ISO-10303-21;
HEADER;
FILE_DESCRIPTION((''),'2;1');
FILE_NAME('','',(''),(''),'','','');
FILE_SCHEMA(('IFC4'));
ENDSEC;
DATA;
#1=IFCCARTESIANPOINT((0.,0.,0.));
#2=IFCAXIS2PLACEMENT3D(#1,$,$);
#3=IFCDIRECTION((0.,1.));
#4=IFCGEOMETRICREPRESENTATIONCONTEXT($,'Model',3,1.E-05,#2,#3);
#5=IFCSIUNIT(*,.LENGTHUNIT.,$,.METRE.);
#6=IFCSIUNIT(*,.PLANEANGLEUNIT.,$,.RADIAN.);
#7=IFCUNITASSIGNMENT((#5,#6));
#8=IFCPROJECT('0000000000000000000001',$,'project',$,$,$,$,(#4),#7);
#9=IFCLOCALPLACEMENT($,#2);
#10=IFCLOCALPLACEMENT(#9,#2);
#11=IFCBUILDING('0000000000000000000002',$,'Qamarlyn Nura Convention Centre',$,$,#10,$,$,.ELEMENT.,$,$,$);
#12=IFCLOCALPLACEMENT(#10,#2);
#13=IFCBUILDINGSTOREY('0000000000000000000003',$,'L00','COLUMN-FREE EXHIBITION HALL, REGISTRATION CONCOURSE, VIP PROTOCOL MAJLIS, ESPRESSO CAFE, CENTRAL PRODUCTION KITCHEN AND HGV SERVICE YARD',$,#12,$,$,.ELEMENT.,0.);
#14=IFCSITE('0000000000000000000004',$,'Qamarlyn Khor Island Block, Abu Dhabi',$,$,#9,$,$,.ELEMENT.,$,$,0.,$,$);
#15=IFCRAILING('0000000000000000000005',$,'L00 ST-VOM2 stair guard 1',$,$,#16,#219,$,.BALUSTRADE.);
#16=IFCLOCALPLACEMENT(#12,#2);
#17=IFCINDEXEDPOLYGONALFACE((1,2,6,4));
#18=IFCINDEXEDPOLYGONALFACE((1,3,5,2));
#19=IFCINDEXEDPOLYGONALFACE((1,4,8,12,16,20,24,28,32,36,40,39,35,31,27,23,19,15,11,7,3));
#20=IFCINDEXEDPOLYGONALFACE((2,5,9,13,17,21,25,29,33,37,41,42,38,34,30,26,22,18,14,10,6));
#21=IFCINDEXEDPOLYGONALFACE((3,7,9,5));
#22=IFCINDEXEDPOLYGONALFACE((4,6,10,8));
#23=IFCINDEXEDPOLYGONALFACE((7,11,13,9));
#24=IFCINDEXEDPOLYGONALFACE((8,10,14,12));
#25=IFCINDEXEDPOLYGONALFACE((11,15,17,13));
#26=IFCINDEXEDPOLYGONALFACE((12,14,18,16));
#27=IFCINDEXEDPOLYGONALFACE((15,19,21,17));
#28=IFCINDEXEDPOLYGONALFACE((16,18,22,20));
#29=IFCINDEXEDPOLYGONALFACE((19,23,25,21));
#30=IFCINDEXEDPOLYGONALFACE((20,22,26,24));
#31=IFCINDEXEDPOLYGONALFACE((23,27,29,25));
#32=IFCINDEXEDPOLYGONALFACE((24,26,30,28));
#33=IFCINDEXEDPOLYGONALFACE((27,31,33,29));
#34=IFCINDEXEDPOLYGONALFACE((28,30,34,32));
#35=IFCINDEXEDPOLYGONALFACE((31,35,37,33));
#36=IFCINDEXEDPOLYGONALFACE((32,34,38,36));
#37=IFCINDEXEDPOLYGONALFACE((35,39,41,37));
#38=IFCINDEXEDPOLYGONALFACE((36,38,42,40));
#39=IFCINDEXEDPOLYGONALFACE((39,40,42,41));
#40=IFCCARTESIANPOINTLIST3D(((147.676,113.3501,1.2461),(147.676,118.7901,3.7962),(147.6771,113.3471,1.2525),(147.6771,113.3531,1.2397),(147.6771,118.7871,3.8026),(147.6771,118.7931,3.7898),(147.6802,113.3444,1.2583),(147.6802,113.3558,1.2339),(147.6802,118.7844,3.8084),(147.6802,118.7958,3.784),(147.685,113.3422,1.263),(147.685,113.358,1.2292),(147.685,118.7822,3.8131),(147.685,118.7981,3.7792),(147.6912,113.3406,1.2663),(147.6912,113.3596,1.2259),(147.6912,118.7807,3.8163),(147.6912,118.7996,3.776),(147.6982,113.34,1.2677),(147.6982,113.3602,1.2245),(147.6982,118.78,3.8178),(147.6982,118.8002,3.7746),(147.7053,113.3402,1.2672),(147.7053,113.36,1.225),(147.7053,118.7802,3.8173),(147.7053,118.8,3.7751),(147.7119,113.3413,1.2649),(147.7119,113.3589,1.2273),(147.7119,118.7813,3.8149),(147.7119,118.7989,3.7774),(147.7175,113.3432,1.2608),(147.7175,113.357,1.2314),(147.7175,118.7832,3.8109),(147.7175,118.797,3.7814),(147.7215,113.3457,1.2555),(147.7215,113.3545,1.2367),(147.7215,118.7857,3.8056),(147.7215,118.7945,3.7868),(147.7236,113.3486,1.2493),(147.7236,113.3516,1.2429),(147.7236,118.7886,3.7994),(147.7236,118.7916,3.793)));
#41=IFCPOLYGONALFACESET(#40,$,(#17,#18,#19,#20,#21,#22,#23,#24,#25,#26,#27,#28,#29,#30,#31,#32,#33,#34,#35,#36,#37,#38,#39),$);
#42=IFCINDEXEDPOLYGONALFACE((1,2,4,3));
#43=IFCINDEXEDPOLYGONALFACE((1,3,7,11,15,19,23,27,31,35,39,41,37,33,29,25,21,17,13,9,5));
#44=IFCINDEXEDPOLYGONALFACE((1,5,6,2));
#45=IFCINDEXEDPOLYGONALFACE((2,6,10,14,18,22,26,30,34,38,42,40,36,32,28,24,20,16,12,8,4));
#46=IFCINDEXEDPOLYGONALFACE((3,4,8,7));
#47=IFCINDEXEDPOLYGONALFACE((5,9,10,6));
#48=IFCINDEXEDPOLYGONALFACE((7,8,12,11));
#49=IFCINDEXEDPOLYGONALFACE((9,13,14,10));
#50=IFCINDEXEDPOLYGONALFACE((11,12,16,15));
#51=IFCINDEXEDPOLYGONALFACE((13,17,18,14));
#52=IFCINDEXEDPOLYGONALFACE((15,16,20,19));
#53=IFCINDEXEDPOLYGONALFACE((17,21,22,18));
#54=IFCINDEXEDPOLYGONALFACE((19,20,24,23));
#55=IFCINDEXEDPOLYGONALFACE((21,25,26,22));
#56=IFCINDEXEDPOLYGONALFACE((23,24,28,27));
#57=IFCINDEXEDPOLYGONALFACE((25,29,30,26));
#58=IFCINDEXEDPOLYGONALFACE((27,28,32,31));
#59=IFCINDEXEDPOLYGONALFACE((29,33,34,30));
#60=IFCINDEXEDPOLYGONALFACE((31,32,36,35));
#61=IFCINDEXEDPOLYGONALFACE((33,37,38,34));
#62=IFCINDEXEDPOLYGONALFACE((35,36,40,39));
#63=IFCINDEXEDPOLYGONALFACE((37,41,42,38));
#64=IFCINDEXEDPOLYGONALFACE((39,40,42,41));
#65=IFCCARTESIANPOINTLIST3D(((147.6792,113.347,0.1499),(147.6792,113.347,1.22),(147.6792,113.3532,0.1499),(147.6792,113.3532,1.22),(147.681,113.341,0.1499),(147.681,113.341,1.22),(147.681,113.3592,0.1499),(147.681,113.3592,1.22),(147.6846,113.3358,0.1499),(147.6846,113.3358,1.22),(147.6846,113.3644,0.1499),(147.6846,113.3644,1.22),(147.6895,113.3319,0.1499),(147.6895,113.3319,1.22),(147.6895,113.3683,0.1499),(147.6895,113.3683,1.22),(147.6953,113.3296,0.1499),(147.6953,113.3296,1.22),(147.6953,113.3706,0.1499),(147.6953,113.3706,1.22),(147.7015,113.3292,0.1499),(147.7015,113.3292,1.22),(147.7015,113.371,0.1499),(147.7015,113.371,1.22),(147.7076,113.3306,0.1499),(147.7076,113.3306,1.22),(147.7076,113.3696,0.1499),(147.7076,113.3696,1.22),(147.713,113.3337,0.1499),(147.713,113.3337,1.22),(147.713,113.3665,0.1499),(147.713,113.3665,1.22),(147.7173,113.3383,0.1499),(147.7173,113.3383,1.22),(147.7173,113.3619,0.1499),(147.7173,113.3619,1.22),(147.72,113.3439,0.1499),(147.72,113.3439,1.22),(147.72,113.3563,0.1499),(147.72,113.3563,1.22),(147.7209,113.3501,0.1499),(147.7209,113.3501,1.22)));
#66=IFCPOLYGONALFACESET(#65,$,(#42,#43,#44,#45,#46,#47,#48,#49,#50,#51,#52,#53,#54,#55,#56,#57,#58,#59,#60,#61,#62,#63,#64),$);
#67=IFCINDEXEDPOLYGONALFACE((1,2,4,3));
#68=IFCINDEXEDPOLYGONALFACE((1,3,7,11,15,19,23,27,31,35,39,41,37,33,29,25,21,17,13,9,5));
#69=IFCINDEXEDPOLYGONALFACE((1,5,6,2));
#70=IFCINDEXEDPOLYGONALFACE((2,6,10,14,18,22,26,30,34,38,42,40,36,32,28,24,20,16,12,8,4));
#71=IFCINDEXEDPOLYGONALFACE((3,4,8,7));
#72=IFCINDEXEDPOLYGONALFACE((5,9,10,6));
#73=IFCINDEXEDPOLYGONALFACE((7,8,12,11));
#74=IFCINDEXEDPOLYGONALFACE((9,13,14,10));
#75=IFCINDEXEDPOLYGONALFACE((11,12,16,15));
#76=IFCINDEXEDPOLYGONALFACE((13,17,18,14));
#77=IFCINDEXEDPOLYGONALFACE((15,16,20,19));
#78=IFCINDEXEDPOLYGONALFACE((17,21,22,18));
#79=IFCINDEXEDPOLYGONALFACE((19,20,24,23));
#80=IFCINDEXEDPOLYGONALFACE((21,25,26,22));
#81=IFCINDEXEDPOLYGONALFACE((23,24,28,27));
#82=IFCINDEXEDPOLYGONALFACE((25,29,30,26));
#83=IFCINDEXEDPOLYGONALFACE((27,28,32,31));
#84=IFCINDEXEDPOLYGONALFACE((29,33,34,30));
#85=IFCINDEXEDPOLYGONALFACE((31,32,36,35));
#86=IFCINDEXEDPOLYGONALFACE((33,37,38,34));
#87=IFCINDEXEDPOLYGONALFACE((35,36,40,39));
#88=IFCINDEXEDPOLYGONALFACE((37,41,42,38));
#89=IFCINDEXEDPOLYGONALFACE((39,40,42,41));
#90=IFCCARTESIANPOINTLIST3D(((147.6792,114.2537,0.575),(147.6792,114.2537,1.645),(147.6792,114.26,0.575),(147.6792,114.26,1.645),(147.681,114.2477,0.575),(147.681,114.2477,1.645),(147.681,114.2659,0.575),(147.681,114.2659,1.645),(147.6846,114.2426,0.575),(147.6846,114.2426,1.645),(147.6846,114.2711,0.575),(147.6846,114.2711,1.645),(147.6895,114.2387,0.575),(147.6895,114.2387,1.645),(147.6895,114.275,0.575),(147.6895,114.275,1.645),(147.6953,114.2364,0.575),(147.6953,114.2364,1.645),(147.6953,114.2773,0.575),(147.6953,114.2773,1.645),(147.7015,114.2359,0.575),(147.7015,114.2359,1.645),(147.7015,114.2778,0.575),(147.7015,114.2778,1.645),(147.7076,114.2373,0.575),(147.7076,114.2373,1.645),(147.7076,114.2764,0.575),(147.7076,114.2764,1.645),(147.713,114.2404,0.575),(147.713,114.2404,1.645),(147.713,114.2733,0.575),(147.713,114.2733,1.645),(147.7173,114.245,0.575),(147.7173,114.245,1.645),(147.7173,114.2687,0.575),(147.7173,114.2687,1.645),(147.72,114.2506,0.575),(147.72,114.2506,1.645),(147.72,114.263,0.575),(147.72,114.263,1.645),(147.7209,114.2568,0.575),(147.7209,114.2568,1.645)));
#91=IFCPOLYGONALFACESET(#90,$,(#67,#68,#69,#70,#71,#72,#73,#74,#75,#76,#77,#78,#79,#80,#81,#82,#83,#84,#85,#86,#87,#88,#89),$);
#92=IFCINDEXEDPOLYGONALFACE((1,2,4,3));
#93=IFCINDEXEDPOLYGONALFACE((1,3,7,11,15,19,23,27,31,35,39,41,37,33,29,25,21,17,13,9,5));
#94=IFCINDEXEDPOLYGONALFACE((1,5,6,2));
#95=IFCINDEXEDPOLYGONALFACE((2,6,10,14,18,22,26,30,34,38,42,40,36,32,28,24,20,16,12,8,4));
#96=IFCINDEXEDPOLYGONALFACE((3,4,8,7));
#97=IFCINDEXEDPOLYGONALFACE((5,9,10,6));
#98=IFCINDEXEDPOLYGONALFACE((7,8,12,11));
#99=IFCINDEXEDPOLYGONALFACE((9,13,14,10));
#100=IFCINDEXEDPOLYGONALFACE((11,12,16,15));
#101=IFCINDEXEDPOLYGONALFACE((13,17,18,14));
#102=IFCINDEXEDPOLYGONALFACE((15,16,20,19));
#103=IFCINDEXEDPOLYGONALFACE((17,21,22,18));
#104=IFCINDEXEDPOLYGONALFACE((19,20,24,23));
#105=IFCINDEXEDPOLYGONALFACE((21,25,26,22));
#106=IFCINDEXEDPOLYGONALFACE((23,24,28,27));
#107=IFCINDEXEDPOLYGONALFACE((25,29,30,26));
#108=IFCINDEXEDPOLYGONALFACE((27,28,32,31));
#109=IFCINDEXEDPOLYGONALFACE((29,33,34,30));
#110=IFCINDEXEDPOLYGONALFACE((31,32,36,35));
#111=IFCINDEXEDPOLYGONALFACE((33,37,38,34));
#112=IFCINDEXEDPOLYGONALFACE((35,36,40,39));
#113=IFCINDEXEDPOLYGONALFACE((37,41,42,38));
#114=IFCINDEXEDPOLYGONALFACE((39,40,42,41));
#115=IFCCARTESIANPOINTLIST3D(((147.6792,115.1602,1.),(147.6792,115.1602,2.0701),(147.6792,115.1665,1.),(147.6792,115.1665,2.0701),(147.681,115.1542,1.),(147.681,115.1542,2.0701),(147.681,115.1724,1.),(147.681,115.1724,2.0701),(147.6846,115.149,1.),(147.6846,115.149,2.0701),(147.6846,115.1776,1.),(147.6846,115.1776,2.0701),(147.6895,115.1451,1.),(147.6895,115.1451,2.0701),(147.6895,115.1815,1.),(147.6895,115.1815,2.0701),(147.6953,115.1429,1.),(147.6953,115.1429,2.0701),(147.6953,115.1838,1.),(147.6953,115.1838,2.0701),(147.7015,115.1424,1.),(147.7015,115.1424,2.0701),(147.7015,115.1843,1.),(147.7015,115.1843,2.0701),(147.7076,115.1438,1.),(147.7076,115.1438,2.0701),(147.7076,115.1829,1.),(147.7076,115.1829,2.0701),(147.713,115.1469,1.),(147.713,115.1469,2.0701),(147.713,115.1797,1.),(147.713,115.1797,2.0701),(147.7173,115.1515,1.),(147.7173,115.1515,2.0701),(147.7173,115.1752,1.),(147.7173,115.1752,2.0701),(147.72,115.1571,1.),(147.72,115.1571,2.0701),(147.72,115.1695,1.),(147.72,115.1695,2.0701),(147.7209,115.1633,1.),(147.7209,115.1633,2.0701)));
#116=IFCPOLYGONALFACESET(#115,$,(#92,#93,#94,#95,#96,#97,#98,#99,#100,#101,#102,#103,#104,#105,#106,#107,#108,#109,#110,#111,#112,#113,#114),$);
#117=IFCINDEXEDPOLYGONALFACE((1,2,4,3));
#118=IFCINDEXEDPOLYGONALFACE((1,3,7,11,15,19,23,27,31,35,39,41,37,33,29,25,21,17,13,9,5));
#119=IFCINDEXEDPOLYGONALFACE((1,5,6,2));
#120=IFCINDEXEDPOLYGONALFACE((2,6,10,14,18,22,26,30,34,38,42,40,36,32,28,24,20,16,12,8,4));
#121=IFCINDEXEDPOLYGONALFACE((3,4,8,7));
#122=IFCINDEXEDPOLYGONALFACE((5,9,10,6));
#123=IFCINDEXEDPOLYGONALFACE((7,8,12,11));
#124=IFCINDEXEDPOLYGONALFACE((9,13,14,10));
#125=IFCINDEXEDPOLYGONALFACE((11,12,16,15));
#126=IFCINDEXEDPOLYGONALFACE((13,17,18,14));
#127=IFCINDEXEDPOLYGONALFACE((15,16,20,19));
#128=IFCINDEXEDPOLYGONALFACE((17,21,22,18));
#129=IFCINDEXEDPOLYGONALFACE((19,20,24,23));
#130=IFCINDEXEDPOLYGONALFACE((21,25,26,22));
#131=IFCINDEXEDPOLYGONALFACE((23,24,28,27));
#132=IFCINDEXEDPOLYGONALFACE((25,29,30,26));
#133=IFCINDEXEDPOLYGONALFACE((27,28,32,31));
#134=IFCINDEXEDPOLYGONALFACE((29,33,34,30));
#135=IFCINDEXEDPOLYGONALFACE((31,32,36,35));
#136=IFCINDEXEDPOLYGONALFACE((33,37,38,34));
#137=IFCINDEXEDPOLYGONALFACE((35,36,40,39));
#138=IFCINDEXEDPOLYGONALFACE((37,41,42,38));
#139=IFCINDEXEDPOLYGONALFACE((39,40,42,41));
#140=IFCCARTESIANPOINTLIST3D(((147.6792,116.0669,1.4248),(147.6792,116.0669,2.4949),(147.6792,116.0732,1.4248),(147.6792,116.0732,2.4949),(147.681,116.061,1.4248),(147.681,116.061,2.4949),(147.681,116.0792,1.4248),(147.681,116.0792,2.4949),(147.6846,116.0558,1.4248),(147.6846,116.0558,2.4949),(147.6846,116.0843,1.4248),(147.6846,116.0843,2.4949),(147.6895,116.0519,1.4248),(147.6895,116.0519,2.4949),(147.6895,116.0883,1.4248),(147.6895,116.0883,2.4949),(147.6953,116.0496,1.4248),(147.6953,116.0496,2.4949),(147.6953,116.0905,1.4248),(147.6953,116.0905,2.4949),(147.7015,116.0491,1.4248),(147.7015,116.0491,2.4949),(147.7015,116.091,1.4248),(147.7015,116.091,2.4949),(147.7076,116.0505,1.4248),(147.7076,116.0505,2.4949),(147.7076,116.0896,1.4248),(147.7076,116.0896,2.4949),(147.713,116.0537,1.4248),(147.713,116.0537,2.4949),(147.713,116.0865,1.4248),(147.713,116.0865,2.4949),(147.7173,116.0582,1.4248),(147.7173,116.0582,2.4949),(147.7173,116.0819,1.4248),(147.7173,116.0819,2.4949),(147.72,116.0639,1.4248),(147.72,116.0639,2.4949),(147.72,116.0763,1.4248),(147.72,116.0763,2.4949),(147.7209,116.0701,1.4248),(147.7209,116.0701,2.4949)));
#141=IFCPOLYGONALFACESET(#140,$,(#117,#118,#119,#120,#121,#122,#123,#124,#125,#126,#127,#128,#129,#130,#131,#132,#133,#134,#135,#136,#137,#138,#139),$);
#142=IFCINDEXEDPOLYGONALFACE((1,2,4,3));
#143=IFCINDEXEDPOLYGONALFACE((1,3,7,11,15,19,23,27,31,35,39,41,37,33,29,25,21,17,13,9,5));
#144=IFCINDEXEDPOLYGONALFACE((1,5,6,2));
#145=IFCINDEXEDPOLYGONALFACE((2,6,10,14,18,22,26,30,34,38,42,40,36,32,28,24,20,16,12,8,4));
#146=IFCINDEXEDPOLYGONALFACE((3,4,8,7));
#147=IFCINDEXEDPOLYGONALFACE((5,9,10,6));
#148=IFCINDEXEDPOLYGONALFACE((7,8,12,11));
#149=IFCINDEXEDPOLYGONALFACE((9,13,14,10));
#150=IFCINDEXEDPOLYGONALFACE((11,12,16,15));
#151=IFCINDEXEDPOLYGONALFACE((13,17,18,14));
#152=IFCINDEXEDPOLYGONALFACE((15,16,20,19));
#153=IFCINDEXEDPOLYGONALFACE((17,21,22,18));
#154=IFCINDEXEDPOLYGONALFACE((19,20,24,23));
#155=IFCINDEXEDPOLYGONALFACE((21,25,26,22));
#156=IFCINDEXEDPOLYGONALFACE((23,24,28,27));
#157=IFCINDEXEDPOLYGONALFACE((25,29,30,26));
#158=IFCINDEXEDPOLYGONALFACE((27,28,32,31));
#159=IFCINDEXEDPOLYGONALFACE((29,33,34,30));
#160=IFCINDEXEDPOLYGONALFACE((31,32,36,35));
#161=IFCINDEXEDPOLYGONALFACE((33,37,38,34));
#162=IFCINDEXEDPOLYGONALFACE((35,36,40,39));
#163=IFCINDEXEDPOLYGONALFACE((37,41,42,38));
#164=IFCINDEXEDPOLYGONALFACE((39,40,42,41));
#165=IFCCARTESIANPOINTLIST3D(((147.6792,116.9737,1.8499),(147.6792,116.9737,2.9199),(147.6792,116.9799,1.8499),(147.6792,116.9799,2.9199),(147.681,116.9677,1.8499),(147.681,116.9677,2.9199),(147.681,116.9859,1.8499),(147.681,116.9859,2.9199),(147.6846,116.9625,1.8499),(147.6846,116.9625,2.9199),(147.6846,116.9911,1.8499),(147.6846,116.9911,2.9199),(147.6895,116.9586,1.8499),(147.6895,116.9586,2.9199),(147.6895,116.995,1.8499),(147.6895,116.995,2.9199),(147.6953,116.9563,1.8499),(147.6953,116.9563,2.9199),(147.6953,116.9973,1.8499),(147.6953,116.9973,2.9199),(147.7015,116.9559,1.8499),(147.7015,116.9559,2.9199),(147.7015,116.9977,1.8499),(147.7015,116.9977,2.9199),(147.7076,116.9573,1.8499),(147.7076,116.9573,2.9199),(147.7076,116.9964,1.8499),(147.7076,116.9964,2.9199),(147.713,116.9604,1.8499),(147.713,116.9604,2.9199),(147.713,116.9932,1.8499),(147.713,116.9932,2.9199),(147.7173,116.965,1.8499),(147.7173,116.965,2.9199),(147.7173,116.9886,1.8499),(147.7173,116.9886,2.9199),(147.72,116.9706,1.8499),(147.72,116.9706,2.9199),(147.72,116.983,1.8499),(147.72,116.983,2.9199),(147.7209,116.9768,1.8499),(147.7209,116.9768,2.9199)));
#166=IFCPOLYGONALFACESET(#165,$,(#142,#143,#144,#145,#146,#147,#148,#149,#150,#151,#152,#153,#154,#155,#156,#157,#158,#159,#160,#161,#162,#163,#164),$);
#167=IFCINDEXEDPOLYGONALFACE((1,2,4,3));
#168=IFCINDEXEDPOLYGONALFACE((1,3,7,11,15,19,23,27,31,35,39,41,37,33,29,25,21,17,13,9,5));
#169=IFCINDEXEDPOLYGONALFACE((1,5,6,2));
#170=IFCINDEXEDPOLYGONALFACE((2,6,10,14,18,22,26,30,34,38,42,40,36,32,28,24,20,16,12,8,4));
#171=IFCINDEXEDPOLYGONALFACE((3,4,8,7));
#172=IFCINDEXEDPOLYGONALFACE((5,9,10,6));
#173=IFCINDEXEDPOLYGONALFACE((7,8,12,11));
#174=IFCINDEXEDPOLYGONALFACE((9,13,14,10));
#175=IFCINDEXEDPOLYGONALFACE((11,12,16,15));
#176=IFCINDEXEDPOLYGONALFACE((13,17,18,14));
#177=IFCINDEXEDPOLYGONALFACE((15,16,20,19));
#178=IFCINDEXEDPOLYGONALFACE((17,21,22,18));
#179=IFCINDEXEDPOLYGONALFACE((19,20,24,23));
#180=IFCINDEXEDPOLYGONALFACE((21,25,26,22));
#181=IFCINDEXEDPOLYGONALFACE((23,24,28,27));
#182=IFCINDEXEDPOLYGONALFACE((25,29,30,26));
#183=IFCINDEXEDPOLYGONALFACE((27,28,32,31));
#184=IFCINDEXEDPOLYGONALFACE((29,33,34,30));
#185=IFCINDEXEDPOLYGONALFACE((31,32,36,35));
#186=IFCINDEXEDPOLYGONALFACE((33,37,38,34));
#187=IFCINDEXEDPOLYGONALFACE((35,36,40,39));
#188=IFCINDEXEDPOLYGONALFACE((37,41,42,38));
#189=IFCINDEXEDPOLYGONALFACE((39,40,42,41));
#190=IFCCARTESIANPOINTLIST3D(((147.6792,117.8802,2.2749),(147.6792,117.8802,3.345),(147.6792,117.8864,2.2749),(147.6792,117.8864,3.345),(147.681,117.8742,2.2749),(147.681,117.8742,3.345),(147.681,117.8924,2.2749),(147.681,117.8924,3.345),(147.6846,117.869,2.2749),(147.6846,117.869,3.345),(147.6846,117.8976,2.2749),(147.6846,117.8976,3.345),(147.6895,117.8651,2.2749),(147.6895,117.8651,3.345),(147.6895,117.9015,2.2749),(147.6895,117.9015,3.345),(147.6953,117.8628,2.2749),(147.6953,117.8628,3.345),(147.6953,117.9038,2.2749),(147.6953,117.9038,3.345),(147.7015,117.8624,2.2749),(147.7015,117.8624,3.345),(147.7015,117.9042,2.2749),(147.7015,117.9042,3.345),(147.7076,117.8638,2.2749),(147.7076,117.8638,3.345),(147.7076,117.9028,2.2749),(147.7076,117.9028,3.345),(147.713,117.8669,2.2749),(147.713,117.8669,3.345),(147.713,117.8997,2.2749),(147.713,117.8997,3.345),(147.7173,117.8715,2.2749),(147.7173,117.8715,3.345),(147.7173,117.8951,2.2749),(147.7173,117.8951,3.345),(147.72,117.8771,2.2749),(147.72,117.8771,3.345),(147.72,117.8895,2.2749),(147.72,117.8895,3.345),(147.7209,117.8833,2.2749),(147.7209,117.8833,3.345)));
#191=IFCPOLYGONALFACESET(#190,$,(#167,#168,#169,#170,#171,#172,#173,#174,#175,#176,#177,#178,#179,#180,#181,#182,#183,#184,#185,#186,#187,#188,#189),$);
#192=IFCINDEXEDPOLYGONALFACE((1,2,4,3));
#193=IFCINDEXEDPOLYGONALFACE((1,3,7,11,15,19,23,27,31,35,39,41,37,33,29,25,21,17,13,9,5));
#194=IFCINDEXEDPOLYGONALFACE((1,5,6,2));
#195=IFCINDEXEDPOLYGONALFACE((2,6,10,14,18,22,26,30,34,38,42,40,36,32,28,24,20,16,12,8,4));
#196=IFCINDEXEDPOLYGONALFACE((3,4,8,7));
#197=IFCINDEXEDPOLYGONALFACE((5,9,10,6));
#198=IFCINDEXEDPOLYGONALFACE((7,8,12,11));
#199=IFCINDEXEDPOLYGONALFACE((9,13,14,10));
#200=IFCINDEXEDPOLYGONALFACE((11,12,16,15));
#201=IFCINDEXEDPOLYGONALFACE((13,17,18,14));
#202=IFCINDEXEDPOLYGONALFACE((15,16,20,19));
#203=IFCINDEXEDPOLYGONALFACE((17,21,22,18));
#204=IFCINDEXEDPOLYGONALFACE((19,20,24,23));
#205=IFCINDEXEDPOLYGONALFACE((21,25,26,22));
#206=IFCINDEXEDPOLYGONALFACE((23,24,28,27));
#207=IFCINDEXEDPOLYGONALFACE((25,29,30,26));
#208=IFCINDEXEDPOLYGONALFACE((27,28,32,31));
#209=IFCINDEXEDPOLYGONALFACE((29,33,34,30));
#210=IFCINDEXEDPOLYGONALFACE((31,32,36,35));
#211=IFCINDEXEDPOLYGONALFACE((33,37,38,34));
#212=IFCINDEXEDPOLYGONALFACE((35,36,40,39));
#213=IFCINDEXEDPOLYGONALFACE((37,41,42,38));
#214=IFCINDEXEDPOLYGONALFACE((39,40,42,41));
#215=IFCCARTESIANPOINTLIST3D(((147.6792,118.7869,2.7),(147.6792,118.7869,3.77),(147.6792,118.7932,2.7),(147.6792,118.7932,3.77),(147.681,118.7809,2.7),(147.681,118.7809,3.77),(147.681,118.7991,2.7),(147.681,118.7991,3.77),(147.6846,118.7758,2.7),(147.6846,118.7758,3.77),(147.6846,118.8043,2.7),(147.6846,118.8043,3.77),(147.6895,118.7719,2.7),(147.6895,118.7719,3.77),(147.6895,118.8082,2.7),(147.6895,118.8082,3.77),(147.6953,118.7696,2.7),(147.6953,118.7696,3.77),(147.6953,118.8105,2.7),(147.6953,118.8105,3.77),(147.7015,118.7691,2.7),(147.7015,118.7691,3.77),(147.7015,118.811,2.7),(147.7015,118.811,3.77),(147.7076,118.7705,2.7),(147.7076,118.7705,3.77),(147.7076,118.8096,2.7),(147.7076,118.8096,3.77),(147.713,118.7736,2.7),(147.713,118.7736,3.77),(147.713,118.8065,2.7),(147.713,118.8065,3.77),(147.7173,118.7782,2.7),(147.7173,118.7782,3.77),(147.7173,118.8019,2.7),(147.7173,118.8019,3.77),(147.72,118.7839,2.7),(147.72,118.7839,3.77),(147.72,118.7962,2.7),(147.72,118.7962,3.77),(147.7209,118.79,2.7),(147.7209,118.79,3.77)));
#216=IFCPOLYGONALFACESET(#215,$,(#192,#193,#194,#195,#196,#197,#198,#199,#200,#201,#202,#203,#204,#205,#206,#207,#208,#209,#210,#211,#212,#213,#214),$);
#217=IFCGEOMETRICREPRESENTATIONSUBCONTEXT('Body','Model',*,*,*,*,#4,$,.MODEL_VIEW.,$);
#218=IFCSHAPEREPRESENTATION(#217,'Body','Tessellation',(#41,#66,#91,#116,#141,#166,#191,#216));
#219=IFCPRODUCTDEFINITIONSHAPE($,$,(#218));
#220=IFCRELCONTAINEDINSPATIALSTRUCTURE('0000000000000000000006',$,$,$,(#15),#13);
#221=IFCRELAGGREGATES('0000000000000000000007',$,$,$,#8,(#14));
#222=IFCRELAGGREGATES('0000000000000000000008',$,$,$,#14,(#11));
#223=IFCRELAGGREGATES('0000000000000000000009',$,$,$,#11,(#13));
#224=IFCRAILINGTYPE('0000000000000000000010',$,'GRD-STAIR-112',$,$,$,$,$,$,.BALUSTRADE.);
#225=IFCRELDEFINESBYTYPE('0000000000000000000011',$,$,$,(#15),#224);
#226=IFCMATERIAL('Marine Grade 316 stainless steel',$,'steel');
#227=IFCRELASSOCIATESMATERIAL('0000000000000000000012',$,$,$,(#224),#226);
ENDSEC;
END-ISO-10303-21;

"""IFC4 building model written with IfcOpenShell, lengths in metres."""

from ifc_helpers import new_model, si_unit, direction, frame, origin, origin_2d, place, context, subcontext, project, spatial, circle, extrude, material, type_object, element, save


model = new_model("IFC4")

# Units and contexts
model_context = context("Model", 3, precision=1e-05, world=origin(), true_north=direction((0.0, 1.0)))
body_context = subcontext(model_context, "Body", "Model", "MODEL_VIEW")
ifc_project = project(units=[si_unit("LENGTHUNIT", "METRE"), si_unit("PLANEANGLEUNIT", "RADIAN")], contexts=[model_context])

# Site, building, storey
site_placement = place(None, origin())
site = spatial("IfcSite", under=ifc_project, at=site_placement, Name="Qamarlyn Khor Island Block, Abu Dhabi", CompositionType="ELEMENT", RefElevation=0.0)
building_placement = place(site_placement, origin())
building = spatial("IfcBuilding", under=site, at=building_placement, Name="Qamarlyn Nura Convention Centre", CompositionType="ELEMENT")
storey_placement = place(building_placement, origin())
storey = spatial("IfcBuildingStorey", under=building, at=storey_placement, Name="L00", Description="COLUMN-FREE EXHIBITION HALL, REGISTRATION CONCOURSE, VIP PROTOCOL MAJLIS, ESPRESSO CAFE, CENTRAL PRODUCTION KITCHEN AND HGV SERVICE YARD", CompositionType="ELEMENT", Elevation=0.0)

# Railing
ifc_material_1 = material(Name="Marine Grade 316 stainless steel", Category="steel")
railing_type_1 = type_object("IfcRailingType", Name="GRD-STAIR-112", PredefinedType="BALUSTRADE", material=ifc_material_1)
railing_1_placement = place(storey_placement, frame((147.7, 113.3501, 0.1499)))
element("IfcRailing", 1, at=railing_1_placement, inside=storey, type_object=railing_type_1, Name="L00 ST-VOM2 stair guard 1", PredefinedType="BALUSTRADE", context=body_context, shape_type="SweptSolid", body=[
    extrude(circle(Radius=0.0239, at=origin_2d()), frame((0.0, 0.0, 1.0962), z_axis=(0.0, 0.905454, 0.424444), x_axis=(-1.0, 0.0, 0.0)), (0.0, 0.0, 1.0), 6.0081),
    extrude(circle(Radius=0.021, at=origin_2d()), origin(), (0.0, 0.0, 1.0), 1.0701),
    extrude(circle(Radius=0.021, at=origin_2d()), frame((0.0, 0.9067, 0.425)), (0.0, 0.0, 1.0), 1.0701),
    extrude(circle(Radius=0.021, at=origin_2d()), frame((0.0, 1.8132, 0.8501)), (0.0, 0.0, 1.0), 1.0701),
    extrude(circle(Radius=0.021, at=origin_2d()), frame((0.0, 2.72, 1.2749)), (0.0, 0.0, 1.0), 1.0701),
    extrude(circle(Radius=0.021, at=origin_2d()), frame((0.0, 3.6267, 1.7)), (0.0, 0.0, 1.0), 1.0701),
    extrude(circle(Radius=0.021, at=origin_2d()), frame((0.0, 4.5332, 2.125)), (0.0, 0.0, 1.0), 1.0701),
    extrude(circle(Radius=0.021, at=origin_2d()), frame((0.0, 5.4399, 2.55)), (0.0, 0.0, 1.0), 1.0701),
])

save(model, "model.ifc")
